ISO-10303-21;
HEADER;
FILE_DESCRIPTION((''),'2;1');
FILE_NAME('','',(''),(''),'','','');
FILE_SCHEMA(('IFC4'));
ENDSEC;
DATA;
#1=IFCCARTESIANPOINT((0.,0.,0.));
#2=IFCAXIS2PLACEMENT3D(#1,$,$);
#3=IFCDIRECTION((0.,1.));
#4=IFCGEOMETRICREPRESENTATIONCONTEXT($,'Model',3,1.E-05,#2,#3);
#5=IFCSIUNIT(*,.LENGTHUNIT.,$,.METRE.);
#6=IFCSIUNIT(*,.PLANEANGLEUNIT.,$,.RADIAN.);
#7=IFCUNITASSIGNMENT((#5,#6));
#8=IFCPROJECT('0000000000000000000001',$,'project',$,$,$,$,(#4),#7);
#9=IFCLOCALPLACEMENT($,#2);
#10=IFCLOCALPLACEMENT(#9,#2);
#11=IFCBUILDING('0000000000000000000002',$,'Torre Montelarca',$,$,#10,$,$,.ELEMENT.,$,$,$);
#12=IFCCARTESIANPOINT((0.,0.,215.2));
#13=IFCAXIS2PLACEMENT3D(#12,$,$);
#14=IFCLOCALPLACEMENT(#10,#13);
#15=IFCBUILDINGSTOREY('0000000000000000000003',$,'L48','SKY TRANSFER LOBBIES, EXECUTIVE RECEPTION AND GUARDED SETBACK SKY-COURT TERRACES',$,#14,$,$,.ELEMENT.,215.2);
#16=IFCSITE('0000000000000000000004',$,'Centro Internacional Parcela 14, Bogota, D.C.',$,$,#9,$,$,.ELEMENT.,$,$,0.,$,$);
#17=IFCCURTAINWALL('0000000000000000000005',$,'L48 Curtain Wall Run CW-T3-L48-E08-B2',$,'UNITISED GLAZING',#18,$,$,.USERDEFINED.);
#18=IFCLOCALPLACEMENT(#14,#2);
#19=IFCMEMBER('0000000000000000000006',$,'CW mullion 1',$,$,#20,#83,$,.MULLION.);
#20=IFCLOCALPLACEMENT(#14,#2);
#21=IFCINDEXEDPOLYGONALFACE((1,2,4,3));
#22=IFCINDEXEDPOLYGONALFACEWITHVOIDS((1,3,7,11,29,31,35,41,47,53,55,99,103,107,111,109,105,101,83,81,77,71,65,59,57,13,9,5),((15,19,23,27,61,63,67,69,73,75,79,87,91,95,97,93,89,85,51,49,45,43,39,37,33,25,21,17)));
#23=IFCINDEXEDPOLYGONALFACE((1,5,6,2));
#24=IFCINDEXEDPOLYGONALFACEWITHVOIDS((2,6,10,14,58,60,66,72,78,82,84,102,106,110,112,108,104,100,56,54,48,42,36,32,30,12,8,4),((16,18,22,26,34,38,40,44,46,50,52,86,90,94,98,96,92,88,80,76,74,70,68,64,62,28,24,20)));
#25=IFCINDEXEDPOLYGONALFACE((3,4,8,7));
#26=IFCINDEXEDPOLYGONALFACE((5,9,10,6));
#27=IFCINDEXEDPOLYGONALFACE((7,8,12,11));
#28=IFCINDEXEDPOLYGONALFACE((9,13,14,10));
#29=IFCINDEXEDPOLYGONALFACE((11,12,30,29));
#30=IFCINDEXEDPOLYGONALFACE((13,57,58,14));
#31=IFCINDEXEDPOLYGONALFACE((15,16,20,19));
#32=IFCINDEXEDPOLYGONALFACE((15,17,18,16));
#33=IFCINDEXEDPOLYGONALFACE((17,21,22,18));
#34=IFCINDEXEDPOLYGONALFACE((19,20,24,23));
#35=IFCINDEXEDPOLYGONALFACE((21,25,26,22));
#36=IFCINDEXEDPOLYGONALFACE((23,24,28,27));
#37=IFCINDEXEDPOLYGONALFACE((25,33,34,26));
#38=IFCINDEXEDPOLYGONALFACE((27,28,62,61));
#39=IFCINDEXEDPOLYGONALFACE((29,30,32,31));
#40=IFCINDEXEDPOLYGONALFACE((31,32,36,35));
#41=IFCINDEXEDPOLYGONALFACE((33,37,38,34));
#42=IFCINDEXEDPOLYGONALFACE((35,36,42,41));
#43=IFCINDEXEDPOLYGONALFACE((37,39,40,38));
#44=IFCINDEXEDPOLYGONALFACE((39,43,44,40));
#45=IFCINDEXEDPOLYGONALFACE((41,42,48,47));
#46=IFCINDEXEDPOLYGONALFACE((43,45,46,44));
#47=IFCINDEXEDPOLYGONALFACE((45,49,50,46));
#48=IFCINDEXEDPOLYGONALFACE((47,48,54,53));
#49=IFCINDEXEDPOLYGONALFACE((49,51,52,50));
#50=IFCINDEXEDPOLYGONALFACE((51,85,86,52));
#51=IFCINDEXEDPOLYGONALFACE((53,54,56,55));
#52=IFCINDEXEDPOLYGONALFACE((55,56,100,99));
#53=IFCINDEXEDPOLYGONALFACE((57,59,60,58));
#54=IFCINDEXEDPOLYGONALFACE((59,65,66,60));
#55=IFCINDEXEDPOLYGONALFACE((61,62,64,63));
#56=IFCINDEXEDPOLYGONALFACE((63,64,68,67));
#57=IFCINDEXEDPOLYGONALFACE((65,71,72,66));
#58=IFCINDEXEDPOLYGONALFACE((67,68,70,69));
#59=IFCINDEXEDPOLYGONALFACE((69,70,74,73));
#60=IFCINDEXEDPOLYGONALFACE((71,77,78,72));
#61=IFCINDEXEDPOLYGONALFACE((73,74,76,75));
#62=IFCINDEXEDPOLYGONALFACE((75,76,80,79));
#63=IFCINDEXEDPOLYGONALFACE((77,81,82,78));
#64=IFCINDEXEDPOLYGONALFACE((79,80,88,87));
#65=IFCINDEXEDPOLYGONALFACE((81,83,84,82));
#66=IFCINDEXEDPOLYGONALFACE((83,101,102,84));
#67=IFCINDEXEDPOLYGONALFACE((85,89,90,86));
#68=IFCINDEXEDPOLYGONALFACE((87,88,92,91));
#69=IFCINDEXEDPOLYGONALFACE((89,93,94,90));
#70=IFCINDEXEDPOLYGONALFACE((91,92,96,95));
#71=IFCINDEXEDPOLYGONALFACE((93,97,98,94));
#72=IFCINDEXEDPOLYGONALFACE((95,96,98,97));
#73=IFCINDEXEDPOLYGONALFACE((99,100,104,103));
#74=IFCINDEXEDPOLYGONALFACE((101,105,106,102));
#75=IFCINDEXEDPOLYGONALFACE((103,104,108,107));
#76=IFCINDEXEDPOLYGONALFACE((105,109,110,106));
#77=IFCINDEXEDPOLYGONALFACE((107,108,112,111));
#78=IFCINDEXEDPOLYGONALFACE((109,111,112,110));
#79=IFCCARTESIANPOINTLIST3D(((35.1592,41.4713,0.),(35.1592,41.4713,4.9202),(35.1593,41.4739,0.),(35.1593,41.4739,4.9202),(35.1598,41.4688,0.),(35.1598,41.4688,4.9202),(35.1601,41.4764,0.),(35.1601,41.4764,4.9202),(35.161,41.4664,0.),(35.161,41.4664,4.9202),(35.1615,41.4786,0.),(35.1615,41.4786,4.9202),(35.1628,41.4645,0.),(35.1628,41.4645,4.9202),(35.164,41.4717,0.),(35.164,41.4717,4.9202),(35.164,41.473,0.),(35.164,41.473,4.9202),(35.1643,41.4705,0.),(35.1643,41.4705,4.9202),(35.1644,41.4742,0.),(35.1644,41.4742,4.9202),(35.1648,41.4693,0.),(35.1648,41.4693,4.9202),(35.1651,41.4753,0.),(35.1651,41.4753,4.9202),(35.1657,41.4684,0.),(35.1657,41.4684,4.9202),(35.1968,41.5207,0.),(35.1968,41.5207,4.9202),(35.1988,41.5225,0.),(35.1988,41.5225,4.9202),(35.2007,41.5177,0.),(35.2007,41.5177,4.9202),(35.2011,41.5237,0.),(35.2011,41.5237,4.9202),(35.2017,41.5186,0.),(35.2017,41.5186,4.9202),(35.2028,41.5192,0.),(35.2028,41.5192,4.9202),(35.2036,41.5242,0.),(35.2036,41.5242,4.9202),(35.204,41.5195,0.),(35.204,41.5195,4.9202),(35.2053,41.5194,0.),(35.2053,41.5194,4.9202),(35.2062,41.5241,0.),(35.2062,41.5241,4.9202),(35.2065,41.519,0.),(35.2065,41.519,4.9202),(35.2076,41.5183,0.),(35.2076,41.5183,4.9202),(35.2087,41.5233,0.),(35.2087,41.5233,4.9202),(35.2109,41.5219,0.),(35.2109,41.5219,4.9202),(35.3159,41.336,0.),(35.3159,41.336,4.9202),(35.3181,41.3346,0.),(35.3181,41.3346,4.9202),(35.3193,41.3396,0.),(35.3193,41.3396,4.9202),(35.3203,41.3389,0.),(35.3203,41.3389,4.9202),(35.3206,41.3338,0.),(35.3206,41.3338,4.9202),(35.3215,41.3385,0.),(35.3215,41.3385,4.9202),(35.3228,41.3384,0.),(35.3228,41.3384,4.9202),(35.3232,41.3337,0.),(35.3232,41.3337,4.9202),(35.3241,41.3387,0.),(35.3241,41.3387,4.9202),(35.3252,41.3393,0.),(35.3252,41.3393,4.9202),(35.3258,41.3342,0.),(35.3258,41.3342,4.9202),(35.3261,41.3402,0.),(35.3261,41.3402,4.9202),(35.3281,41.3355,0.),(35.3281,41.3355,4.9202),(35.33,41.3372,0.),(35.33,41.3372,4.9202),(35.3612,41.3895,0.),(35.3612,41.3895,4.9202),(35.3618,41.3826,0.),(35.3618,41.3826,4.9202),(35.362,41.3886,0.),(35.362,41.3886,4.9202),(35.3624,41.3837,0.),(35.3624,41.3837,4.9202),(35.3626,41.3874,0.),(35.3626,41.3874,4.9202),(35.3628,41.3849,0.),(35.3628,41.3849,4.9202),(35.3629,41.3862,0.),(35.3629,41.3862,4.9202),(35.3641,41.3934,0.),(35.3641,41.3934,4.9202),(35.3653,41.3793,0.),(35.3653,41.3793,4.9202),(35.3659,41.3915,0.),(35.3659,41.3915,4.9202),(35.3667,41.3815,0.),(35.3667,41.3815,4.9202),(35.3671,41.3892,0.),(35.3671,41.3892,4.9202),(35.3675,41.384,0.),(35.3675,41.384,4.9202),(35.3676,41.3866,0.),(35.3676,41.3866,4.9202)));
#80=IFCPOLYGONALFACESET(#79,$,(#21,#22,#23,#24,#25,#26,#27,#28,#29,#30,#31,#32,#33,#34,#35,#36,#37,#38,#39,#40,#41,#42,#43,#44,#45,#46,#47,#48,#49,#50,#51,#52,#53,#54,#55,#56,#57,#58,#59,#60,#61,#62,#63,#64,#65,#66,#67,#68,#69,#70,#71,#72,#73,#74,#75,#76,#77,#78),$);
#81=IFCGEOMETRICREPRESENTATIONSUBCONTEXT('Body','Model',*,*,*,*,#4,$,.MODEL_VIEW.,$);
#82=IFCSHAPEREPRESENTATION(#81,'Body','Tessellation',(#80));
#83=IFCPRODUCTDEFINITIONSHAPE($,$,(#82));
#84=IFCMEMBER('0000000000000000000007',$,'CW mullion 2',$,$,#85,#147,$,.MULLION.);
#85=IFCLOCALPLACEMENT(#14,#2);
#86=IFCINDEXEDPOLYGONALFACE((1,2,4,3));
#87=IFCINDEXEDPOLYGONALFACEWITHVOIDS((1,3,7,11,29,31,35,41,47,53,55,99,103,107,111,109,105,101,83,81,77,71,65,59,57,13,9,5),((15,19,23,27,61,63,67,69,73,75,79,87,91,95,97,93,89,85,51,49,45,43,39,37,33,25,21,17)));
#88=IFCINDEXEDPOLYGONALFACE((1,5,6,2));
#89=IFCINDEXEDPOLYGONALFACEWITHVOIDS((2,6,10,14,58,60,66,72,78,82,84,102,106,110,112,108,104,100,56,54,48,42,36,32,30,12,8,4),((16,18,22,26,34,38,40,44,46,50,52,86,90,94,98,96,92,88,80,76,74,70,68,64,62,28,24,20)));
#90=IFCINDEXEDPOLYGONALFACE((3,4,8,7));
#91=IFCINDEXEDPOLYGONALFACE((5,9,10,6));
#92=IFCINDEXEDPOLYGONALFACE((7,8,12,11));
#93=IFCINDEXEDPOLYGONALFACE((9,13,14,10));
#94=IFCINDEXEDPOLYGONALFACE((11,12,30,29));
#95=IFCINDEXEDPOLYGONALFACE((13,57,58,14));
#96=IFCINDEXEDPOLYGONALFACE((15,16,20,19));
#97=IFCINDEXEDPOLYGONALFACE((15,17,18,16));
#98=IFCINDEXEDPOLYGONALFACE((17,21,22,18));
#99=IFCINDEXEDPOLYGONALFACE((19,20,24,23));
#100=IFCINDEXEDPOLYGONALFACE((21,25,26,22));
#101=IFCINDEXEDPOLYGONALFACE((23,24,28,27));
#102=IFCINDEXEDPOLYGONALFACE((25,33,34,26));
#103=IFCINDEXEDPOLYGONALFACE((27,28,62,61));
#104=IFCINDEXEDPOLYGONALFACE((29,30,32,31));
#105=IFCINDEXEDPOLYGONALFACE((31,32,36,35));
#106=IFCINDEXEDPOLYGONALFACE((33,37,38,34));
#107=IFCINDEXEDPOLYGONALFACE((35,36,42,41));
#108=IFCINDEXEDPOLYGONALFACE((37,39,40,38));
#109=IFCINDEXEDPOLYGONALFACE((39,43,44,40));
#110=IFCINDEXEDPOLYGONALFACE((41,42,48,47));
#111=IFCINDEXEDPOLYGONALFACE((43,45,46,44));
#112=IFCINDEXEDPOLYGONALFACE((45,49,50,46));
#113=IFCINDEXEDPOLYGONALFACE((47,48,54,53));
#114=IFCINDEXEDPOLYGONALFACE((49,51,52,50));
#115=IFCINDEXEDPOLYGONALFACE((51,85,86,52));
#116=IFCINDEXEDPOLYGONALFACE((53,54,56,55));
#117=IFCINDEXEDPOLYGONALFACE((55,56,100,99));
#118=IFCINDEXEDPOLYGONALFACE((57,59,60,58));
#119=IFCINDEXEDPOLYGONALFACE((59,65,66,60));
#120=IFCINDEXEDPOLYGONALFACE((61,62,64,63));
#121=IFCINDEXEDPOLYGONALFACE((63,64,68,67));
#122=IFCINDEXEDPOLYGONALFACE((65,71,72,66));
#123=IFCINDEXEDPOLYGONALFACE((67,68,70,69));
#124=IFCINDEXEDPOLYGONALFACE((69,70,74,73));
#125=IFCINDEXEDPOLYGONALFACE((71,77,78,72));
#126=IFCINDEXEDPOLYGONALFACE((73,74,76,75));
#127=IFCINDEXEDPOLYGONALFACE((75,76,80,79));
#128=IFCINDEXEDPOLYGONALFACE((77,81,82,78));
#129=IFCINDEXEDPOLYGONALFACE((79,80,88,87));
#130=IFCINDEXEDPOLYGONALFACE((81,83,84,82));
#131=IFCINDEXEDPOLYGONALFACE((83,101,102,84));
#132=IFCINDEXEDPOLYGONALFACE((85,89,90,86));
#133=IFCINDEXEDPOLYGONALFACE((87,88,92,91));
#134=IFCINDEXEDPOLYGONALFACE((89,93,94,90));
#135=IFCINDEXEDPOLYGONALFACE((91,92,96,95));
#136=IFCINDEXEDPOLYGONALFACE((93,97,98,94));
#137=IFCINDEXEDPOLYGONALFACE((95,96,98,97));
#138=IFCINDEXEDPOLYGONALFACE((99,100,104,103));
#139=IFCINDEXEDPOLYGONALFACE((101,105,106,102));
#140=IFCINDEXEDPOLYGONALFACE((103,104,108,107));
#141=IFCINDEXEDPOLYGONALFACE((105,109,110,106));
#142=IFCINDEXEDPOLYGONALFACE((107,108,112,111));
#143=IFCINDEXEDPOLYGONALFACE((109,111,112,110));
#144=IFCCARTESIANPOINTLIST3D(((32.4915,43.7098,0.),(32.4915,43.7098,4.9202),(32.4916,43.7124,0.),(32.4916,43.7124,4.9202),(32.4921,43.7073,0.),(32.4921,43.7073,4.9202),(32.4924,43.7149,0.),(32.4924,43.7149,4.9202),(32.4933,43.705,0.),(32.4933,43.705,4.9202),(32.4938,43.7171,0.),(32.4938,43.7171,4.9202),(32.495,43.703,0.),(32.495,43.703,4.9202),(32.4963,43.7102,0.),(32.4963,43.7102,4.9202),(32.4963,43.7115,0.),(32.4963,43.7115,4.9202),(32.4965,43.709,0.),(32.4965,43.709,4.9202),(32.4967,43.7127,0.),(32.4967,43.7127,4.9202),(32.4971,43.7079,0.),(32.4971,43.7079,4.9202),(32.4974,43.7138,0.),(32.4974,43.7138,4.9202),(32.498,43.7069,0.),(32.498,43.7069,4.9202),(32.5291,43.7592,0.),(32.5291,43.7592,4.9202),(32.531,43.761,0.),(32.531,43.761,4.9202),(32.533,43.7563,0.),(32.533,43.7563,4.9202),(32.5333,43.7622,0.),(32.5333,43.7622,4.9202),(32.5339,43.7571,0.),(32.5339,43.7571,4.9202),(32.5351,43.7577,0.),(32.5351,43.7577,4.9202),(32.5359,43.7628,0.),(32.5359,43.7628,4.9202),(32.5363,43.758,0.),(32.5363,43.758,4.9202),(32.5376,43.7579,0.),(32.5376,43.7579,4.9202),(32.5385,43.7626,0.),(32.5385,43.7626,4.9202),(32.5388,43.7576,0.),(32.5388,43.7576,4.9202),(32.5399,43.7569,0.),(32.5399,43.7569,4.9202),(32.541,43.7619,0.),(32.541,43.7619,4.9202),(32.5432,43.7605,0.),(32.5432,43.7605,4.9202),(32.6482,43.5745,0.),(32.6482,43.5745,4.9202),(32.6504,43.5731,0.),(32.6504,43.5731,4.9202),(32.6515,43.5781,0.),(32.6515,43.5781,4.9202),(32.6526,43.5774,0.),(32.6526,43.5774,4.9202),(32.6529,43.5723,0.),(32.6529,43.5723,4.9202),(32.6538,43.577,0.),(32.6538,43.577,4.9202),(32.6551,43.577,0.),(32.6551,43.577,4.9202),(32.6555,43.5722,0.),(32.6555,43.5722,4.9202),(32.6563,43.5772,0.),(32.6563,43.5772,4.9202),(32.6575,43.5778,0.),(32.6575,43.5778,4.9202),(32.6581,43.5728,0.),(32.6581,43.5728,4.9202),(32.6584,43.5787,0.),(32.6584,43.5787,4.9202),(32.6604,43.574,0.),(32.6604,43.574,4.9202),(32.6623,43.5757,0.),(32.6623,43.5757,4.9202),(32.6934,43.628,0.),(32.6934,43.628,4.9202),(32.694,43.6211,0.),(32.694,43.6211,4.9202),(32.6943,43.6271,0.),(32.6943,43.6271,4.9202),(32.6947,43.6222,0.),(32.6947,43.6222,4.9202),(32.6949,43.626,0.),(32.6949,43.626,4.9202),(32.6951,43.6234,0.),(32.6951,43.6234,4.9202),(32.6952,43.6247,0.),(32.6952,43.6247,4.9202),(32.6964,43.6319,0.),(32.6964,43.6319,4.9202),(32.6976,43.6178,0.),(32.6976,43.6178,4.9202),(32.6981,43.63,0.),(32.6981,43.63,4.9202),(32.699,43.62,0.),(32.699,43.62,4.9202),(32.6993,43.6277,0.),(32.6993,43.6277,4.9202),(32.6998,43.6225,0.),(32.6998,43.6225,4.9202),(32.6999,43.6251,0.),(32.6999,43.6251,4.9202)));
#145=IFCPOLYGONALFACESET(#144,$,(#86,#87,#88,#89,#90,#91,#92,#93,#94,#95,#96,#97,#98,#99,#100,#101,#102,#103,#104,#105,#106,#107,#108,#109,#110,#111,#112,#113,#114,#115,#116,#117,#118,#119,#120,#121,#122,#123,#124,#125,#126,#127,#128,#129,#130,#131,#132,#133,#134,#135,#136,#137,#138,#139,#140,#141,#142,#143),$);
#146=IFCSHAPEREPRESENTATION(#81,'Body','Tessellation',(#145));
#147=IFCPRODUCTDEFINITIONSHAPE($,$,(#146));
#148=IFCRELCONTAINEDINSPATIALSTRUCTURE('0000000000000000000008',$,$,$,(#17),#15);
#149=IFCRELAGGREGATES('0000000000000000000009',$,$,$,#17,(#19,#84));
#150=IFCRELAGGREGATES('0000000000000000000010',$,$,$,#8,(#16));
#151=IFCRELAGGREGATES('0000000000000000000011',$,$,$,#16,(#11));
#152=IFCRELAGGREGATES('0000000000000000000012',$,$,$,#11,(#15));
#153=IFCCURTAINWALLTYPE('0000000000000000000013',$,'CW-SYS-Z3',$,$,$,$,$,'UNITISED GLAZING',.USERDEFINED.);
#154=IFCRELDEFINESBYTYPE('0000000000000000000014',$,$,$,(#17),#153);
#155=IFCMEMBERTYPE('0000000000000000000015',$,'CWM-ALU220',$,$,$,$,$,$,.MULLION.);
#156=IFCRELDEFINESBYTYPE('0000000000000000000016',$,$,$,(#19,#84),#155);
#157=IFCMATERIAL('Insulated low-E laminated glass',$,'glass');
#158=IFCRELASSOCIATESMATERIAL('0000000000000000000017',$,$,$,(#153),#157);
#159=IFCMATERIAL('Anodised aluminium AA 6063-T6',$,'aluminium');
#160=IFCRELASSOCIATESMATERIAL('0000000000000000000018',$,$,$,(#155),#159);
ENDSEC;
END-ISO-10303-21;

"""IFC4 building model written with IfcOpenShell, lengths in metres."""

from ifc_helpers import new_model, si_unit, direction, frame, origin, origin_2d, place, context, subcontext, project, spatial, hollow_rectangle, extrude, source, transform, mapped, material, material_profile, profile_set, type_object, element, aggregate, save


model = new_model("IFC4")

# Units and contexts
model_context = context("Model", 3, precision=1e-05, world=origin(), true_north=direction((0.0, 1.0)))
body_context = subcontext(model_context, "Body", "Model", "MODEL_VIEW")
ifc_project = project(units=[si_unit("LENGTHUNIT", "METRE"), si_unit("PLANEANGLEUNIT", "RADIAN")], contexts=[model_context])

# Site, building, storey
site_placement = place(None, origin())
site = spatial("IfcSite", under=ifc_project, at=site_placement, Name="Centro Internacional Parcela 14, Bogota, D.C.", CompositionType="ELEMENT", RefElevation=0.0)
building_placement = place(site_placement, origin())
building = spatial("IfcBuilding", under=site, at=building_placement, Name="Torre Montelarca", CompositionType="ELEMENT")
storey_placement = place(building_placement, frame((0.0, 0.0, 215.2)))
storey = spatial("IfcBuildingStorey", under=building, at=storey_placement, Name="L48", Description="SKY TRANSFER LOBBIES, EXECUTIVE RECEPTION AND GUARDED SETBACK SKY-COURT TERRACES", CompositionType="ELEMENT", Elevation=215.2)

# Shared definitions
ifc_material_1 = material(Name="Insulated low-E laminated glass", Category="glass")
curtain_wall_type = type_object("IfcCurtainWallType", Name="CW-SYS-Z3", ElementType="UNITISED GLAZING", PredefinedType="USERDEFINED", material=ifc_material_1)
ifc_material_2 = material(Name="Anodised aluminium AA 6063-T6", Category="aluminium")
ifc_material_profile_1 = material_profile(ifc_material_2, hollow_rectangle(XDim=0.075, YDim=0.22, WallThickness=0.0049, InnerFilletRadius=0.0049, OuterFilletRadius=0.01, at=origin_2d()), Name="ALU75X220X5", Category="aluminium")
ifc_profile_set_1 = profile_set([ifc_material_profile_1], Name="Anodised aluminium AA 6063-T6")
member_type_1 = type_object("IfcMemberType", Name="CWM-ALU220", PredefinedType="MULLION", material=ifc_profile_set_1)
shared_shape_1 = source(origin(), body_context, "Body", "SweptSolid", [
    extrude(hollow_rectangle(XDim=0.075, YDim=0.22, WallThickness=0.0049, InnerFilletRadius=0.0049, OuterFilletRadius=0.01, at=origin_2d()), origin(), (0.0, 0.0, 1.0), 4.9202),
])

# Curtain wall, members
curtain_wall_1_placement = place(storey_placement, origin())
curtain_wall_1 = element("IfcCurtainWall", 1, at=curtain_wall_1_placement, inside=storey, type_object=curtain_wall_type, Name="L48 Curtain Wall Run CW-T3-L48-E08-B2", ObjectType="UNITISED GLAZING", PredefinedType="USERDEFINED")
member_1_placement = place(storey_placement, frame((35.2634, 41.429, 0.0), z_axis=(0.0, 0.0, 1.0), x_axis=(-0.642789, -0.766043, 0.0)))
member_1 = element("IfcMember", 2, at=member_1_placement, type_object=member_type_1, Name="CW mullion 1", PredefinedType="MULLION", context=body_context, shape_type="MappedRepresentation", body=[
    mapped(shared_shape_1, transform((0.0, 0.0, 0.0), scale=1.0)),
])
member_2_placement = place(storey_placement, frame((32.5957, 43.6675, 0.0), z_axis=(0.0, 0.0, 1.0), x_axis=(-0.642789, -0.766043, 0.0)))
member_2 = element("IfcMember", 3, at=member_2_placement, type_object=member_type_1, Name="CW mullion 2", PredefinedType="MULLION", context=body_context, shape_type="MappedRepresentation", body=[
    mapped(shared_shape_1, transform((0.0, 0.0, 0.0), scale=1.0)),
])

aggregate(curtain_wall_1, [member_1, member_2])

save(model, "model.ifc")
